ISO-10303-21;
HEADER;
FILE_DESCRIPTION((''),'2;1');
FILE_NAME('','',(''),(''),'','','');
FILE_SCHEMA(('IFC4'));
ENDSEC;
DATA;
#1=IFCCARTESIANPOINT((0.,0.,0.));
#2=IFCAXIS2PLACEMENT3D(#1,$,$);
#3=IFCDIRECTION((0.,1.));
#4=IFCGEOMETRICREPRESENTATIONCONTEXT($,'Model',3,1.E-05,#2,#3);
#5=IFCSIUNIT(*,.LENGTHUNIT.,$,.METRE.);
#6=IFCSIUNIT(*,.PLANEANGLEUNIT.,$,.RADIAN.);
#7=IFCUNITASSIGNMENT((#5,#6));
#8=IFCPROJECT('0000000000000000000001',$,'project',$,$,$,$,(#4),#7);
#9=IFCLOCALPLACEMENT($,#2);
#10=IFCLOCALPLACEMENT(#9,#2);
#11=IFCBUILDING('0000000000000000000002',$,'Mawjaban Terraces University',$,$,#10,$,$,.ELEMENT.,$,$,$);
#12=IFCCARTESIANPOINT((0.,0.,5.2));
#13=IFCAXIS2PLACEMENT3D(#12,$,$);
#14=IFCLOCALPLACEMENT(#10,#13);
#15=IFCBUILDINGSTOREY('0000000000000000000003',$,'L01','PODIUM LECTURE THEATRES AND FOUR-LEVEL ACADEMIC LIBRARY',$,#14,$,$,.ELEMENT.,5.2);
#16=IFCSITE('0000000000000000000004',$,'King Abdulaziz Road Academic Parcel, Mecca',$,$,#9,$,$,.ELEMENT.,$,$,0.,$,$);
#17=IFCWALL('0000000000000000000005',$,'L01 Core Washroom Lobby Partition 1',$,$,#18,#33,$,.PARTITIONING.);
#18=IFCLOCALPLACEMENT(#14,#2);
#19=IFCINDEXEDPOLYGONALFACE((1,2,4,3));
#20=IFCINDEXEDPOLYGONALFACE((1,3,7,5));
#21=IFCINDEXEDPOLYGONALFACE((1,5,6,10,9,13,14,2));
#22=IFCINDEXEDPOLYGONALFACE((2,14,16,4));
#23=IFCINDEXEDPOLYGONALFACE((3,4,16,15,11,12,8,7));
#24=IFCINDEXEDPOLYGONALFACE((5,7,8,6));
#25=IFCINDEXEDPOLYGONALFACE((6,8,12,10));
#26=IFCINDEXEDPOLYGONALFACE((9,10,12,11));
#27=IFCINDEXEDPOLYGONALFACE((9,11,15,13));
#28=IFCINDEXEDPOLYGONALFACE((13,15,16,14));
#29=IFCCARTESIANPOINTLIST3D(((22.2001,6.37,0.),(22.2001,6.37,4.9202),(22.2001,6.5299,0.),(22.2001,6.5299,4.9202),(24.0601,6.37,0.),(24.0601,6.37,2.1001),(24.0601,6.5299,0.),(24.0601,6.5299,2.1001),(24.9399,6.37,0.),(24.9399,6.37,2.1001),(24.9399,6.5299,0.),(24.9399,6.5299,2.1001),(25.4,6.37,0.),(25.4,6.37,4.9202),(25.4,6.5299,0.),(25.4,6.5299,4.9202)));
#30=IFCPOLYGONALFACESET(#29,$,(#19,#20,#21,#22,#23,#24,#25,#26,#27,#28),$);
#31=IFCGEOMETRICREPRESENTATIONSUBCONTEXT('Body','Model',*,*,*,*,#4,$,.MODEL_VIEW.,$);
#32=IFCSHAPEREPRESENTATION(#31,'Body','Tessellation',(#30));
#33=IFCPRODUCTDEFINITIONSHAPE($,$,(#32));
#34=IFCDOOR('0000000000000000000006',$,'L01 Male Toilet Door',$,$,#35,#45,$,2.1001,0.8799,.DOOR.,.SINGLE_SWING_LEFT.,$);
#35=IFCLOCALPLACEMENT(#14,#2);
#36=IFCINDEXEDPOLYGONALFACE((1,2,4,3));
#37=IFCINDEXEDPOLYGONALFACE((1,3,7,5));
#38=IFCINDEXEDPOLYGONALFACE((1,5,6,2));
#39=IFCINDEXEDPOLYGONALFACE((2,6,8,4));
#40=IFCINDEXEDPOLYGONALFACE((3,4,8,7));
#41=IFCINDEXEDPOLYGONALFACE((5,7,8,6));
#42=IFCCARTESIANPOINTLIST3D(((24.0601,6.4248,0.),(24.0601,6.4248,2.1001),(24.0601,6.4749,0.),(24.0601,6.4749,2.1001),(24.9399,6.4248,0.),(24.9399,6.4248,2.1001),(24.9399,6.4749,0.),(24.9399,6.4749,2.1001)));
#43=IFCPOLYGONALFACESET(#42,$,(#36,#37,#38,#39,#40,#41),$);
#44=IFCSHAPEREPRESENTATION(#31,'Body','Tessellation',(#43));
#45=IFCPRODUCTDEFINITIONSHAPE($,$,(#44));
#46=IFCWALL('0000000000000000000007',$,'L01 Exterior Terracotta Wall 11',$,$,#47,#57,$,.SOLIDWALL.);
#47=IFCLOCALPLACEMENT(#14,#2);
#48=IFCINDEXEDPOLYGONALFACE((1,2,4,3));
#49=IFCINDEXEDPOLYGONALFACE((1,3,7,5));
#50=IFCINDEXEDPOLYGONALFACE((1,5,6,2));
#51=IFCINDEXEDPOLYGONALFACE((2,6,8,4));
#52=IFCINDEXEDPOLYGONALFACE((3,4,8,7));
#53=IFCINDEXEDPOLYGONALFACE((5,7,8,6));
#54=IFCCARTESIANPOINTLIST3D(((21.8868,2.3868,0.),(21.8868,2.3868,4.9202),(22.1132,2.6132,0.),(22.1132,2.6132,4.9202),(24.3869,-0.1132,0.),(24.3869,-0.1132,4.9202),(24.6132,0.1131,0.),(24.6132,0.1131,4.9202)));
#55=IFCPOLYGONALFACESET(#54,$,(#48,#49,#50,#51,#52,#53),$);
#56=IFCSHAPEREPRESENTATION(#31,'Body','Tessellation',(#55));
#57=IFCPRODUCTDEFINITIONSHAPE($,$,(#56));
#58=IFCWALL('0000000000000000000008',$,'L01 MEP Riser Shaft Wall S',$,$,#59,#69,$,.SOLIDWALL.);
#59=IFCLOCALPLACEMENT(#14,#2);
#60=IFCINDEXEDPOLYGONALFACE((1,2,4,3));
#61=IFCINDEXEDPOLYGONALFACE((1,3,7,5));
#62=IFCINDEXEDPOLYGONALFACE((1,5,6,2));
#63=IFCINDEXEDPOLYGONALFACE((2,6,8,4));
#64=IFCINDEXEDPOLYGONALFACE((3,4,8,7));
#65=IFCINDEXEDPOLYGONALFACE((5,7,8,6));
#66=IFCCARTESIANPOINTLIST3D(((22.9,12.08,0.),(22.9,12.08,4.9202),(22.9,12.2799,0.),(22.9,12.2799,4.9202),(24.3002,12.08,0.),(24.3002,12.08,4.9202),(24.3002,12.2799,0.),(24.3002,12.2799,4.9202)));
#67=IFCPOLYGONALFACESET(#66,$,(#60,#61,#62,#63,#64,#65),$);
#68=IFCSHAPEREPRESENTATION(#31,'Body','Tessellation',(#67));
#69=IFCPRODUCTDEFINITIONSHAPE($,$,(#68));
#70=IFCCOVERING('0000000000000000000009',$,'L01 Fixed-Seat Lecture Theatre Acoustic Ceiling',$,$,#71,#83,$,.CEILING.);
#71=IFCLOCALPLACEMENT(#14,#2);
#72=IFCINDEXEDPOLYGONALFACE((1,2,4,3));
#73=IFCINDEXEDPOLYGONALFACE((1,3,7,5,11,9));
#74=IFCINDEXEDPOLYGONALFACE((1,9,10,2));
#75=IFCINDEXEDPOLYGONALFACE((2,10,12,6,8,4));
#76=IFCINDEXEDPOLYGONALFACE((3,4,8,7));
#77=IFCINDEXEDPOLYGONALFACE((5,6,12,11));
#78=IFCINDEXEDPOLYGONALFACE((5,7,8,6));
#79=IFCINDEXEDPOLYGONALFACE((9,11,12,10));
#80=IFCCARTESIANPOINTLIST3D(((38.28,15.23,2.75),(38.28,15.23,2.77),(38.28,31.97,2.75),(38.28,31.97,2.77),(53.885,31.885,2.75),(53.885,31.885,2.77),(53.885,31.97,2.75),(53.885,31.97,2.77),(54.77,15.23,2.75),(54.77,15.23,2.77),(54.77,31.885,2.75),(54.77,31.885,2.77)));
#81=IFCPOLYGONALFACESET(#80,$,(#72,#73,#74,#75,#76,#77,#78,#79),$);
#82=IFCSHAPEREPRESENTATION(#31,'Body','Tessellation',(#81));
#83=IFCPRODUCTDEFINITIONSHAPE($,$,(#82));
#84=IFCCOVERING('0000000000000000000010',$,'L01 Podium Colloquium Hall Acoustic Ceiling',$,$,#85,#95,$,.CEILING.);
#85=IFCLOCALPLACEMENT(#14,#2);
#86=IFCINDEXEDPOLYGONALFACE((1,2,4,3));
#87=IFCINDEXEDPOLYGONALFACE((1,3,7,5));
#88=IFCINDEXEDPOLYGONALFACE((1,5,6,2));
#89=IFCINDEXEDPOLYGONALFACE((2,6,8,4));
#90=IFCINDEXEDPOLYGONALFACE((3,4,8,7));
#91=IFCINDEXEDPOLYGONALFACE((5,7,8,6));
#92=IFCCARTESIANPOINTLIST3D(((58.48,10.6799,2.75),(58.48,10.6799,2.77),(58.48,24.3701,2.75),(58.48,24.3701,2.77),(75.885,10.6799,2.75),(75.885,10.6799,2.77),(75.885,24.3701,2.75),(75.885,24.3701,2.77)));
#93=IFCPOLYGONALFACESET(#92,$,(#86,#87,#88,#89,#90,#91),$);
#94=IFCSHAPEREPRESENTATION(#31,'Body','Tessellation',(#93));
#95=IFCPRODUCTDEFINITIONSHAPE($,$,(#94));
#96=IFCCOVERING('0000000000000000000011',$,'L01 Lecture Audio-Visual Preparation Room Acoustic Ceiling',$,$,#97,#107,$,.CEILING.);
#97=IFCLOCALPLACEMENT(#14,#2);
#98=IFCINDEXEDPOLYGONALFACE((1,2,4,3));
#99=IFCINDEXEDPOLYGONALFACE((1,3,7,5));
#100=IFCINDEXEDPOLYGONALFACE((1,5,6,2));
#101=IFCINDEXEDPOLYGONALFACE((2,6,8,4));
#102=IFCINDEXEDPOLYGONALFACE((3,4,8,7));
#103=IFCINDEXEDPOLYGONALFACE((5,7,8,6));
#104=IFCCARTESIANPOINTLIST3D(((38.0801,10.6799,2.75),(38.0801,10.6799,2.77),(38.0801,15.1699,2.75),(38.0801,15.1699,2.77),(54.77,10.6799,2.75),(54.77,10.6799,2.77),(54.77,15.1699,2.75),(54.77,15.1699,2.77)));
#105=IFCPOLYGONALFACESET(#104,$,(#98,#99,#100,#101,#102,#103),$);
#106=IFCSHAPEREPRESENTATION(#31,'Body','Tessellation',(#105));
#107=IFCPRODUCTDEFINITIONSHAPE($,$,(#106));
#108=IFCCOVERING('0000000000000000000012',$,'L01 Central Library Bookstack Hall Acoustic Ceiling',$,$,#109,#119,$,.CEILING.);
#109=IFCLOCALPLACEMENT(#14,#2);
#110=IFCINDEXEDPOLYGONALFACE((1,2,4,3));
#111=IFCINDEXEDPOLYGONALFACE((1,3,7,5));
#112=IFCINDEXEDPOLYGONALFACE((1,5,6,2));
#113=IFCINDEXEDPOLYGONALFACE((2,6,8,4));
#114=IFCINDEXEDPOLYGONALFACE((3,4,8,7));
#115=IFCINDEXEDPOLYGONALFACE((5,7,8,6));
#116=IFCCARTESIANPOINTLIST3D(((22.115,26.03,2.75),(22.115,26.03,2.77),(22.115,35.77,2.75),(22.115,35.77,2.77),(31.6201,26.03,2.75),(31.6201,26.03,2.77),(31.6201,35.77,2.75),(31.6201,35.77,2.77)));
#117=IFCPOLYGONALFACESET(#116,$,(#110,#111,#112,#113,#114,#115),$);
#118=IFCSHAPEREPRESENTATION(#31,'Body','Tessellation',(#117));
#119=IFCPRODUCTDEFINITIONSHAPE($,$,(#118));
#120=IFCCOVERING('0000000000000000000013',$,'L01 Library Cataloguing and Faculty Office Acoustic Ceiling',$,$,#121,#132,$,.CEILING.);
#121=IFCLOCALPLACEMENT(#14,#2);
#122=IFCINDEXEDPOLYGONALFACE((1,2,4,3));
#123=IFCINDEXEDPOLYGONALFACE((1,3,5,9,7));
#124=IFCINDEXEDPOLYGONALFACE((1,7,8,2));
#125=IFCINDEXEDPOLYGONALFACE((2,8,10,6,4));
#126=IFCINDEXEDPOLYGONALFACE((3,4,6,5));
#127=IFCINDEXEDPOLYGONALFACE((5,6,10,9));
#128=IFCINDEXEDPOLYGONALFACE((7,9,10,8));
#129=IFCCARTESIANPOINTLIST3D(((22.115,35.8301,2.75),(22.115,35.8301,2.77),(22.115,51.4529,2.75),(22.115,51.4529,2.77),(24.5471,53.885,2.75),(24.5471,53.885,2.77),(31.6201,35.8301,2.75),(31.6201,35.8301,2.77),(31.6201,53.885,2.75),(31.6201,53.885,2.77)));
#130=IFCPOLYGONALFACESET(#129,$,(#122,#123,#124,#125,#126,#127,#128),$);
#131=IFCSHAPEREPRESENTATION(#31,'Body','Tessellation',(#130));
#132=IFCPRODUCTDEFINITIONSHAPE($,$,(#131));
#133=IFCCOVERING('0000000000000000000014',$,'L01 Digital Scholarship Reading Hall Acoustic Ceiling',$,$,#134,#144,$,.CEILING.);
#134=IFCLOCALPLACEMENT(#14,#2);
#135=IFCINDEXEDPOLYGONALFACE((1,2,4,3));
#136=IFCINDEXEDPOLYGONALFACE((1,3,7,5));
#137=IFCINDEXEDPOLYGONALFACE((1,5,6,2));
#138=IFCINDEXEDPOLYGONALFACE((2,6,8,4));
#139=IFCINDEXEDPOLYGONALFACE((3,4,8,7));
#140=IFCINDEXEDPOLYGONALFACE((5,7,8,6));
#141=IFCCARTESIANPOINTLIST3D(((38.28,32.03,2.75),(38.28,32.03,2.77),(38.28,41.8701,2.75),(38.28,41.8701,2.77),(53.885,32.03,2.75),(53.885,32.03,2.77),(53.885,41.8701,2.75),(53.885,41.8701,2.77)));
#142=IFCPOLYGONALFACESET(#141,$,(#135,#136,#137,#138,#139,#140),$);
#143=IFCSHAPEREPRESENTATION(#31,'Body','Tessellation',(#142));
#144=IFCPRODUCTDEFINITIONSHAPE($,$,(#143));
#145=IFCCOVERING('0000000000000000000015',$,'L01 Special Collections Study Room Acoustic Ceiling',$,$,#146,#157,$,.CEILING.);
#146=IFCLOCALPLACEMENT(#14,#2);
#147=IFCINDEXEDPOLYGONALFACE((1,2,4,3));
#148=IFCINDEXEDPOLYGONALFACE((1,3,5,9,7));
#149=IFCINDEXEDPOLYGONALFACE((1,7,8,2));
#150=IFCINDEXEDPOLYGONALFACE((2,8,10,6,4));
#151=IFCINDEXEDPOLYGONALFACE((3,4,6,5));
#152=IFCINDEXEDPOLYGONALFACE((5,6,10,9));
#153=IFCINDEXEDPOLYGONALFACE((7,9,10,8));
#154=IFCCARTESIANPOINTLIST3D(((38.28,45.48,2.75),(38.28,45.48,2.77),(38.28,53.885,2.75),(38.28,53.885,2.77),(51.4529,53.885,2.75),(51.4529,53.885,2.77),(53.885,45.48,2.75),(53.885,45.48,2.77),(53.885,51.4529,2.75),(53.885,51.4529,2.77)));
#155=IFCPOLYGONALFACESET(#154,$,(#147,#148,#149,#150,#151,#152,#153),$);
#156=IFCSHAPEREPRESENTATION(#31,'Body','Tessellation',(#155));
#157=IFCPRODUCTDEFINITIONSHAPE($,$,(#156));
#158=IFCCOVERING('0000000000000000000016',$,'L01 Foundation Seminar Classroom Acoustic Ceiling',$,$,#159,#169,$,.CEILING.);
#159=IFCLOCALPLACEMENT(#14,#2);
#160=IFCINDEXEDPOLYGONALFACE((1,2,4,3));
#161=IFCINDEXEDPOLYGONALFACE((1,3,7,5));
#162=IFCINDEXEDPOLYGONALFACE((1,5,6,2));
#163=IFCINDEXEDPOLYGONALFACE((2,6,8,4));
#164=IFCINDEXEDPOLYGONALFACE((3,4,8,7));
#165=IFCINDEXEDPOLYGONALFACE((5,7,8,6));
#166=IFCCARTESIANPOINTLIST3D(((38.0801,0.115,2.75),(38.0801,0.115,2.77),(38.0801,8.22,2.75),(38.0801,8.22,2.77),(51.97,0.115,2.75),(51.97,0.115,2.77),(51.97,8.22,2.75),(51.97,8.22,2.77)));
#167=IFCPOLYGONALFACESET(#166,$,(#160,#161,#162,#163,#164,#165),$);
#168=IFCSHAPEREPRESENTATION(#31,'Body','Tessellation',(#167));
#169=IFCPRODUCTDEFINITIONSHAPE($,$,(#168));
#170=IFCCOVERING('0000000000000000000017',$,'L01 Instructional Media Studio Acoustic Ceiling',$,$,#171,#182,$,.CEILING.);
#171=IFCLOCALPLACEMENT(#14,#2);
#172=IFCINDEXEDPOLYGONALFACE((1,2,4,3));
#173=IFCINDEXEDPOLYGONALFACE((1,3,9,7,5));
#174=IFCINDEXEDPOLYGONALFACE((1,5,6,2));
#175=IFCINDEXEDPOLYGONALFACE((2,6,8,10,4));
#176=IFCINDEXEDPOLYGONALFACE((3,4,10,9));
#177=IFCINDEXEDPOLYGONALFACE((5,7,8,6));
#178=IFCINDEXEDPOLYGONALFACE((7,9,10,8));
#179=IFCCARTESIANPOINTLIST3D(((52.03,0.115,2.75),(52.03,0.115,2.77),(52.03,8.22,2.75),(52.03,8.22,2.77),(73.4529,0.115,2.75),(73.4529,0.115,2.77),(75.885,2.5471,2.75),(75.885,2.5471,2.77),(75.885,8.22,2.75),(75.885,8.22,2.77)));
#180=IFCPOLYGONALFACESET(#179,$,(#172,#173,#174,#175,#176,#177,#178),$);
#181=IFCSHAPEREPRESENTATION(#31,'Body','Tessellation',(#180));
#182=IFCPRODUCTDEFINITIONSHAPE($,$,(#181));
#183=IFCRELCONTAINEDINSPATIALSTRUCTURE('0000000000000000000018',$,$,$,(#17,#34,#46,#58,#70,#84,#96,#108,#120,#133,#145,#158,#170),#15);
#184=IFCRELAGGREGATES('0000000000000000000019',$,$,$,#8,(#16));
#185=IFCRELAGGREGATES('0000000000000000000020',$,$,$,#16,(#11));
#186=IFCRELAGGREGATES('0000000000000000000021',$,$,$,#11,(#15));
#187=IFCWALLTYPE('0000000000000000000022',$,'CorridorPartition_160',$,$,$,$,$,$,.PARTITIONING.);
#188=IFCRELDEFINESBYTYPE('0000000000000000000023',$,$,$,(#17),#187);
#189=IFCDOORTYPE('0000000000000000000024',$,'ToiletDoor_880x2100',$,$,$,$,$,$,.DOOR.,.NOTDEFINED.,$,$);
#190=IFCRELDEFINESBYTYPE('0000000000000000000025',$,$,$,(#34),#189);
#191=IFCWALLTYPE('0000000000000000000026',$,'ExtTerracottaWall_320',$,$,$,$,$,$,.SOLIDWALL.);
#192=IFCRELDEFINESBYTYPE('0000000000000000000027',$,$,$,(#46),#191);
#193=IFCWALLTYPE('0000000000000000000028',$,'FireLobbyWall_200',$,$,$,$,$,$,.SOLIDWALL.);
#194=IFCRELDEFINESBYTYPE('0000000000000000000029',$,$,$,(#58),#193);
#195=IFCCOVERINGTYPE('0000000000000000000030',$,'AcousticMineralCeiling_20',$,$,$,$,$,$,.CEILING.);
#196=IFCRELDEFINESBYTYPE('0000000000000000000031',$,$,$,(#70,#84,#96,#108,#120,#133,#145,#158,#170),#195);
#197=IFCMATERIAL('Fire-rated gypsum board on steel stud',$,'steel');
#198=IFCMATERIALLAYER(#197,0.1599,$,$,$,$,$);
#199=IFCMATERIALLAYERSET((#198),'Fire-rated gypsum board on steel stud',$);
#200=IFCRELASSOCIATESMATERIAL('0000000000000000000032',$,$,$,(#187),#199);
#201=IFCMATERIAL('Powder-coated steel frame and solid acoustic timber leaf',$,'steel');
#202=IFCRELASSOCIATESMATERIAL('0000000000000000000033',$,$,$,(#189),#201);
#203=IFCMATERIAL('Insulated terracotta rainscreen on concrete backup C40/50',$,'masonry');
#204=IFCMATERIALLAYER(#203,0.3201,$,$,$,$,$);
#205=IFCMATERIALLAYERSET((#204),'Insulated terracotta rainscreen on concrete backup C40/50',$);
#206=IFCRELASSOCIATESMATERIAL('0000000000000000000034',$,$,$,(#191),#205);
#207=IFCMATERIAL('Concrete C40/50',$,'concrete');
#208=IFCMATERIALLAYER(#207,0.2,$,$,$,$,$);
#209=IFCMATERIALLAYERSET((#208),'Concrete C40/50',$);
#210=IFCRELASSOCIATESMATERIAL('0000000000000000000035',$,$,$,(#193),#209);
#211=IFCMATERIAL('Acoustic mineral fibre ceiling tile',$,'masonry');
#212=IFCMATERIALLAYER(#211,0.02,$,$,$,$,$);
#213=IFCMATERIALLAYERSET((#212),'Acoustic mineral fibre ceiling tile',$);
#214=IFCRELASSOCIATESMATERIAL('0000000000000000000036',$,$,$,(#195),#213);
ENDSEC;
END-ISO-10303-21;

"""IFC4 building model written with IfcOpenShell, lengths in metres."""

from ifc_helpers import new_model, si_unit, direction, frame, frame_2d, origin, place, context, subcontext, project, spatial, polyline, rectangle, outline, extrude, material, layer, layer_set, type_object, element, fill, save


model = new_model("IFC4")

# Units and contexts
model_context = context("Model", 3, precision=1e-05, world=origin(), true_north=direction((0.0, 1.0)))
body_context = subcontext(model_context, "Body", "Model", "MODEL_VIEW")
ifc_project = project(units=[si_unit("LENGTHUNIT", "METRE"), si_unit("PLANEANGLEUNIT", "RADIAN")], contexts=[model_context])

# Site, building, storey
site_placement = place(None, origin())
site = spatial("IfcSite", under=ifc_project, at=site_placement, Name="King Abdulaziz Road Academic Parcel, Mecca", CompositionType="ELEMENT", RefElevation=0.0)
building_placement = place(site_placement, origin())
building = spatial("IfcBuilding", under=site, at=building_placement, Name="Mawjaban Terraces University", CompositionType="ELEMENT")
storey_placement = place(building_placement, frame((0.0, 0.0, 5.2)))
storey = spatial("IfcBuildingStorey", under=building, at=storey_placement, Name="L01", Description="PODIUM LECTURE THEATRES AND FOUR-LEVEL ACADEMIC LIBRARY", CompositionType="ELEMENT", Elevation=5.2)

# Shared definitions
ifc_material_1 = material(Name="Concrete C40/50", Category="concrete")

# Wall, opening, door
ifc_material_2 = material(Name="Fire-rated gypsum board on steel stud", Category="steel")
ifc_layer_1 = layer(ifc_material_2, 0.1599)
ifc_layer_set_1 = layer_set([ifc_layer_1], Name="Fire-rated gypsum board on steel stud")
wall_type_1 = type_object("IfcWallType", Name="CorridorPartition_160", PredefinedType="PARTITIONING", material=ifc_layer_set_1)
wall_1_placement = place(storey_placement, frame((22.2, 6.45, 0.0), z_axis=(0.0, 0.0, 1.0), x_axis=(1.0, 0.0, 0.0)))
wall_1 = element("IfcWall", 1, at=wall_1_placement, inside=storey, type_object=wall_type_1, Name="L01 Core Washroom Lobby Partition 1", PredefinedType="PARTITIONING", context=body_context, shape_type="SweptSolid", body=[
    extrude(rectangle(XDim=3.2, YDim=0.1599, at=frame_2d((1.6001, 0.0))), origin(), (0.0, 0.0, 1.0), 4.9202),
])
opening_placement = place(wall_1_placement, frame((1.8601, 0.0, 0.0)))
opening = element("IfcOpeningElement", 2, at=opening_placement, cuts=wall_1, PredefinedType="OPENING", context=body_context, shape_type="SweptSolid", body=[
    extrude(rectangle(XDim=0.8799, YDim=2.1001, at=frame_2d((0.4399, 1.05))), frame((0.0, 0.0898, 0.0), z_axis=(0.0, -1.0, 0.0), x_axis=(1.0, 0.0, 0.0)), (0.0, 0.0, 1.0), 0.1799),
])
ifc_material_3 = material(Name="Powder-coated steel frame and solid acoustic timber leaf", Category="steel")
door_type = type_object("IfcDoorType", Name="ToiletDoor_880x2100", OperationType="NOTDEFINED", PredefinedType="DOOR", material=ifc_material_3)
door_placement = place(opening_placement, origin())
door = element("IfcDoor", 3, at=door_placement, inside=storey, type_object=door_type, Name="L01 Male Toilet Door", OperationType="SINGLE_SWING_LEFT", OverallHeight=2.1001, OverallWidth=0.8799, PredefinedType="DOOR", context=body_context, shape_type="SweptSolid", body=[
    extrude(rectangle(XDim=0.8799, YDim=2.1001, at=frame_2d((0.4399, 1.05))), frame((0.0, 0.0249, 0.0), z_axis=(0.0, -1.0, 0.0), x_axis=(1.0, 0.0, 0.0)), (0.0, 0.0, 1.0), 0.05),
])
fill(opening, door)

# Walls
ifc_material_4 = material(Name="Insulated terracotta rainscreen on concrete backup C40/50", Category="masonry")
ifc_layer_2 = layer(ifc_material_4, 0.3201)
ifc_layer_set_2 = layer_set([ifc_layer_2], Name="Insulated terracotta rainscreen on concrete backup C40/50")
wall_type_2 = type_object("IfcWallType", Name="ExtTerracottaWall_320", PredefinedType="SOLIDWALL", material=ifc_layer_set_2)
wall_2_placement = place(storey_placement, frame((22.0, 2.5, 0.0), z_axis=(0.0, 0.0, 1.0), x_axis=(0.707107, -0.707107, 0.0)))
element("IfcWall", 4, at=wall_2_placement, inside=storey, type_object=wall_type_2, Name="L01 Exterior Terracotta Wall 11", PredefinedType="SOLIDWALL", context=body_context, shape_type="SweptSolid", body=[
    extrude(rectangle(XDim=3.5356, YDim=0.3201, at=frame_2d((1.7678, 0.0))), origin(), (0.0, 0.0, 1.0), 4.9202),
])
ifc_layer_3 = layer(ifc_material_1, 0.2)
ifc_layer_set_3 = layer_set([ifc_layer_3], Name="Concrete C40/50")
wall_type_3 = type_object("IfcWallType", Name="FireLobbyWall_200", PredefinedType="SOLIDWALL", material=ifc_layer_set_3)
wall_3_placement = place(storey_placement, frame((22.8999, 12.1799, 0.0), z_axis=(0.0, 0.0, 1.0), x_axis=(1.0, 0.0, 0.0)))
element("IfcWall", 5, at=wall_3_placement, inside=storey, type_object=wall_type_3, Name="L01 MEP Riser Shaft Wall S", PredefinedType="SOLIDWALL", context=body_context, shape_type="SweptSolid", body=[
    extrude(rectangle(XDim=1.4001, YDim=0.2, at=frame_2d((0.7002, 0.0))), origin(), (0.0, 0.0, 1.0), 4.9202),
])

# Coverings
ifc_material_5 = material(Name="Acoustic mineral fibre ceiling tile", Category="masonry")
ifc_layer_4 = layer(ifc_material_5, 0.02)
ifc_layer_set_4 = layer_set([ifc_layer_4], Name="Acoustic mineral fibre ceiling tile")
covering_type_1 = type_object("IfcCoveringType", Name="AcousticMineralCeiling_20", PredefinedType="CEILING", material=ifc_layer_set_4)
covering_1_placement = place(storey_placement, frame((0.0, 0.0, 2.75)))
element("IfcCovering", 6, at=covering_1_placement, inside=storey, type_object=covering_type_1, Name="L01 Fixed-Seat Lecture Theatre Acoustic Ceiling", PredefinedType="CEILING", context=body_context, shape_type="SweptSolid", body=[
    extrude(outline(polyline([(54.77, 31.885), (53.885, 31.885), (53.885, 31.97), (38.28, 31.97), (38.28, 15.23), (54.77, 15.23), (54.77, 31.885)])), origin(), (0.0, 0.0, 1.0), 0.02),
])
covering_2_placement = place(storey_placement, frame((0.0, 0.0, 2.75)))
element("IfcCovering", 7, at=covering_2_placement, inside=storey, type_object=covering_type_1, Name="L01 Podium Colloquium Hall Acoustic Ceiling", PredefinedType="CEILING", context=body_context, shape_type="SweptSolid", body=[
    extrude(outline(polyline([(75.885, 10.6799), (75.885, 24.3701), (58.48, 24.3701), (58.48, 10.6799), (75.885, 10.6799)])), origin(), (0.0, 0.0, 1.0), 0.02),
])
covering_3_placement = place(storey_placement, frame((0.0, 0.0, 2.75)))
element("IfcCovering", 8, at=covering_3_placement, inside=storey, type_object=covering_type_1, Name="L01 Lecture Audio-Visual Preparation Room Acoustic Ceiling", PredefinedType="CEILING", context=body_context, shape_type="SweptSolid", body=[
    extrude(outline(polyline([(54.77, 10.6799), (54.77, 15.1699), (38.0801, 15.1699), (38.0801, 10.6799), (54.77, 10.6799)])), origin(), (0.0, 0.0, 1.0), 0.02),
])
covering_4_placement = place(storey_placement, frame((0.0, 0.0, 2.75)))
element("IfcCovering", 9, at=covering_4_placement, inside=storey, type_object=covering_type_1, Name="L01 Central Library Bookstack Hall Acoustic Ceiling", PredefinedType="CEILING", context=body_context, shape_type="SweptSolid", body=[
    extrude(outline(polyline([(22.115, 35.77), (22.115, 26.03), (31.6201, 26.03), (31.6201, 35.77), (22.115, 35.77)])), origin(), (0.0, 0.0, 1.0), 0.02),
])
covering_5_placement = place(storey_placement, frame((0.0, 0.0, 2.75)))
element("IfcCovering", 10, at=covering_5_placement, inside=storey, type_object=covering_type_1, Name="L01 Library Cataloguing and Faculty Office Acoustic Ceiling", PredefinedType="CEILING", context=body_context, shape_type="SweptSolid", body=[
    extrude(outline(polyline([(31.6201, 53.885), (24.5471, 53.885), (22.115, 51.4529), (22.115, 35.8301), (31.6201, 35.8301), (31.6201, 53.885)])), origin(), (0.0, 0.0, 1.0), 0.02),
])
covering_6_placement = place(storey_placement, frame((0.0, 0.0, 2.75)))
element("IfcCovering", 11, at=covering_6_placement, inside=storey, type_object=covering_type_1, Name="L01 Digital Scholarship Reading Hall Acoustic Ceiling", PredefinedType="CEILING", context=body_context, shape_type="SweptSolid", body=[
    extrude(outline(polyline([(53.885, 32.03), (53.885, 41.8701), (38.28, 41.8701), (38.28, 32.03), (53.885, 32.03)])), origin(), (0.0, 0.0, 1.0), 0.02),
])
covering_7_placement = place(storey_placement, frame((0.0, 0.0, 2.75)))
element("IfcCovering", 12, at=covering_7_placement, inside=storey, type_object=covering_type_1, Name="L01 Special Collections Study Room Acoustic Ceiling", PredefinedType="CEILING", context=body_context, shape_type="SweptSolid", body=[
    extrude(outline(polyline([(53.885, 45.48), (53.885, 51.4529), (51.4529, 53.885), (38.28, 53.885), (38.28, 45.48), (53.885, 45.48)])), origin(), (0.0, 0.0, 1.0), 0.02),
])
covering_8_placement = place(storey_placement, frame((0.0, 0.0, 2.75)))
element("IfcCovering", 13, at=covering_8_placement, inside=storey, type_object=covering_type_1, Name="L01 Foundation Seminar Classroom Acoustic Ceiling", PredefinedType="CEILING", context=body_context, shape_type="SweptSolid", body=[
    extrude(outline(polyline([(38.0801, 0.115), (51.97, 0.115), (51.97, 8.22), (38.0801, 8.22), (38.0801, 0.115)])), origin(), (0.0, 0.0, 1.0), 0.02),
])
covering_9_placement = place(storey_placement, frame((0.0, 0.0, 2.75)))
element("IfcCovering", 14, at=covering_9_placement, inside=storey, type_object=covering_type_1, Name="L01 Instructional Media Studio Acoustic Ceiling", PredefinedType="CEILING", context=body_context, shape_type="SweptSolid", body=[
    extrude(outline(polyline([(52.03, 0.115), (73.4529, 0.115), (75.885, 2.5471), (75.885, 8.22), (52.03, 8.22), (52.03, 0.115)])), origin(), (0.0, 0.0, 1.0), 0.02),
])

save(model, "model.ifc")
